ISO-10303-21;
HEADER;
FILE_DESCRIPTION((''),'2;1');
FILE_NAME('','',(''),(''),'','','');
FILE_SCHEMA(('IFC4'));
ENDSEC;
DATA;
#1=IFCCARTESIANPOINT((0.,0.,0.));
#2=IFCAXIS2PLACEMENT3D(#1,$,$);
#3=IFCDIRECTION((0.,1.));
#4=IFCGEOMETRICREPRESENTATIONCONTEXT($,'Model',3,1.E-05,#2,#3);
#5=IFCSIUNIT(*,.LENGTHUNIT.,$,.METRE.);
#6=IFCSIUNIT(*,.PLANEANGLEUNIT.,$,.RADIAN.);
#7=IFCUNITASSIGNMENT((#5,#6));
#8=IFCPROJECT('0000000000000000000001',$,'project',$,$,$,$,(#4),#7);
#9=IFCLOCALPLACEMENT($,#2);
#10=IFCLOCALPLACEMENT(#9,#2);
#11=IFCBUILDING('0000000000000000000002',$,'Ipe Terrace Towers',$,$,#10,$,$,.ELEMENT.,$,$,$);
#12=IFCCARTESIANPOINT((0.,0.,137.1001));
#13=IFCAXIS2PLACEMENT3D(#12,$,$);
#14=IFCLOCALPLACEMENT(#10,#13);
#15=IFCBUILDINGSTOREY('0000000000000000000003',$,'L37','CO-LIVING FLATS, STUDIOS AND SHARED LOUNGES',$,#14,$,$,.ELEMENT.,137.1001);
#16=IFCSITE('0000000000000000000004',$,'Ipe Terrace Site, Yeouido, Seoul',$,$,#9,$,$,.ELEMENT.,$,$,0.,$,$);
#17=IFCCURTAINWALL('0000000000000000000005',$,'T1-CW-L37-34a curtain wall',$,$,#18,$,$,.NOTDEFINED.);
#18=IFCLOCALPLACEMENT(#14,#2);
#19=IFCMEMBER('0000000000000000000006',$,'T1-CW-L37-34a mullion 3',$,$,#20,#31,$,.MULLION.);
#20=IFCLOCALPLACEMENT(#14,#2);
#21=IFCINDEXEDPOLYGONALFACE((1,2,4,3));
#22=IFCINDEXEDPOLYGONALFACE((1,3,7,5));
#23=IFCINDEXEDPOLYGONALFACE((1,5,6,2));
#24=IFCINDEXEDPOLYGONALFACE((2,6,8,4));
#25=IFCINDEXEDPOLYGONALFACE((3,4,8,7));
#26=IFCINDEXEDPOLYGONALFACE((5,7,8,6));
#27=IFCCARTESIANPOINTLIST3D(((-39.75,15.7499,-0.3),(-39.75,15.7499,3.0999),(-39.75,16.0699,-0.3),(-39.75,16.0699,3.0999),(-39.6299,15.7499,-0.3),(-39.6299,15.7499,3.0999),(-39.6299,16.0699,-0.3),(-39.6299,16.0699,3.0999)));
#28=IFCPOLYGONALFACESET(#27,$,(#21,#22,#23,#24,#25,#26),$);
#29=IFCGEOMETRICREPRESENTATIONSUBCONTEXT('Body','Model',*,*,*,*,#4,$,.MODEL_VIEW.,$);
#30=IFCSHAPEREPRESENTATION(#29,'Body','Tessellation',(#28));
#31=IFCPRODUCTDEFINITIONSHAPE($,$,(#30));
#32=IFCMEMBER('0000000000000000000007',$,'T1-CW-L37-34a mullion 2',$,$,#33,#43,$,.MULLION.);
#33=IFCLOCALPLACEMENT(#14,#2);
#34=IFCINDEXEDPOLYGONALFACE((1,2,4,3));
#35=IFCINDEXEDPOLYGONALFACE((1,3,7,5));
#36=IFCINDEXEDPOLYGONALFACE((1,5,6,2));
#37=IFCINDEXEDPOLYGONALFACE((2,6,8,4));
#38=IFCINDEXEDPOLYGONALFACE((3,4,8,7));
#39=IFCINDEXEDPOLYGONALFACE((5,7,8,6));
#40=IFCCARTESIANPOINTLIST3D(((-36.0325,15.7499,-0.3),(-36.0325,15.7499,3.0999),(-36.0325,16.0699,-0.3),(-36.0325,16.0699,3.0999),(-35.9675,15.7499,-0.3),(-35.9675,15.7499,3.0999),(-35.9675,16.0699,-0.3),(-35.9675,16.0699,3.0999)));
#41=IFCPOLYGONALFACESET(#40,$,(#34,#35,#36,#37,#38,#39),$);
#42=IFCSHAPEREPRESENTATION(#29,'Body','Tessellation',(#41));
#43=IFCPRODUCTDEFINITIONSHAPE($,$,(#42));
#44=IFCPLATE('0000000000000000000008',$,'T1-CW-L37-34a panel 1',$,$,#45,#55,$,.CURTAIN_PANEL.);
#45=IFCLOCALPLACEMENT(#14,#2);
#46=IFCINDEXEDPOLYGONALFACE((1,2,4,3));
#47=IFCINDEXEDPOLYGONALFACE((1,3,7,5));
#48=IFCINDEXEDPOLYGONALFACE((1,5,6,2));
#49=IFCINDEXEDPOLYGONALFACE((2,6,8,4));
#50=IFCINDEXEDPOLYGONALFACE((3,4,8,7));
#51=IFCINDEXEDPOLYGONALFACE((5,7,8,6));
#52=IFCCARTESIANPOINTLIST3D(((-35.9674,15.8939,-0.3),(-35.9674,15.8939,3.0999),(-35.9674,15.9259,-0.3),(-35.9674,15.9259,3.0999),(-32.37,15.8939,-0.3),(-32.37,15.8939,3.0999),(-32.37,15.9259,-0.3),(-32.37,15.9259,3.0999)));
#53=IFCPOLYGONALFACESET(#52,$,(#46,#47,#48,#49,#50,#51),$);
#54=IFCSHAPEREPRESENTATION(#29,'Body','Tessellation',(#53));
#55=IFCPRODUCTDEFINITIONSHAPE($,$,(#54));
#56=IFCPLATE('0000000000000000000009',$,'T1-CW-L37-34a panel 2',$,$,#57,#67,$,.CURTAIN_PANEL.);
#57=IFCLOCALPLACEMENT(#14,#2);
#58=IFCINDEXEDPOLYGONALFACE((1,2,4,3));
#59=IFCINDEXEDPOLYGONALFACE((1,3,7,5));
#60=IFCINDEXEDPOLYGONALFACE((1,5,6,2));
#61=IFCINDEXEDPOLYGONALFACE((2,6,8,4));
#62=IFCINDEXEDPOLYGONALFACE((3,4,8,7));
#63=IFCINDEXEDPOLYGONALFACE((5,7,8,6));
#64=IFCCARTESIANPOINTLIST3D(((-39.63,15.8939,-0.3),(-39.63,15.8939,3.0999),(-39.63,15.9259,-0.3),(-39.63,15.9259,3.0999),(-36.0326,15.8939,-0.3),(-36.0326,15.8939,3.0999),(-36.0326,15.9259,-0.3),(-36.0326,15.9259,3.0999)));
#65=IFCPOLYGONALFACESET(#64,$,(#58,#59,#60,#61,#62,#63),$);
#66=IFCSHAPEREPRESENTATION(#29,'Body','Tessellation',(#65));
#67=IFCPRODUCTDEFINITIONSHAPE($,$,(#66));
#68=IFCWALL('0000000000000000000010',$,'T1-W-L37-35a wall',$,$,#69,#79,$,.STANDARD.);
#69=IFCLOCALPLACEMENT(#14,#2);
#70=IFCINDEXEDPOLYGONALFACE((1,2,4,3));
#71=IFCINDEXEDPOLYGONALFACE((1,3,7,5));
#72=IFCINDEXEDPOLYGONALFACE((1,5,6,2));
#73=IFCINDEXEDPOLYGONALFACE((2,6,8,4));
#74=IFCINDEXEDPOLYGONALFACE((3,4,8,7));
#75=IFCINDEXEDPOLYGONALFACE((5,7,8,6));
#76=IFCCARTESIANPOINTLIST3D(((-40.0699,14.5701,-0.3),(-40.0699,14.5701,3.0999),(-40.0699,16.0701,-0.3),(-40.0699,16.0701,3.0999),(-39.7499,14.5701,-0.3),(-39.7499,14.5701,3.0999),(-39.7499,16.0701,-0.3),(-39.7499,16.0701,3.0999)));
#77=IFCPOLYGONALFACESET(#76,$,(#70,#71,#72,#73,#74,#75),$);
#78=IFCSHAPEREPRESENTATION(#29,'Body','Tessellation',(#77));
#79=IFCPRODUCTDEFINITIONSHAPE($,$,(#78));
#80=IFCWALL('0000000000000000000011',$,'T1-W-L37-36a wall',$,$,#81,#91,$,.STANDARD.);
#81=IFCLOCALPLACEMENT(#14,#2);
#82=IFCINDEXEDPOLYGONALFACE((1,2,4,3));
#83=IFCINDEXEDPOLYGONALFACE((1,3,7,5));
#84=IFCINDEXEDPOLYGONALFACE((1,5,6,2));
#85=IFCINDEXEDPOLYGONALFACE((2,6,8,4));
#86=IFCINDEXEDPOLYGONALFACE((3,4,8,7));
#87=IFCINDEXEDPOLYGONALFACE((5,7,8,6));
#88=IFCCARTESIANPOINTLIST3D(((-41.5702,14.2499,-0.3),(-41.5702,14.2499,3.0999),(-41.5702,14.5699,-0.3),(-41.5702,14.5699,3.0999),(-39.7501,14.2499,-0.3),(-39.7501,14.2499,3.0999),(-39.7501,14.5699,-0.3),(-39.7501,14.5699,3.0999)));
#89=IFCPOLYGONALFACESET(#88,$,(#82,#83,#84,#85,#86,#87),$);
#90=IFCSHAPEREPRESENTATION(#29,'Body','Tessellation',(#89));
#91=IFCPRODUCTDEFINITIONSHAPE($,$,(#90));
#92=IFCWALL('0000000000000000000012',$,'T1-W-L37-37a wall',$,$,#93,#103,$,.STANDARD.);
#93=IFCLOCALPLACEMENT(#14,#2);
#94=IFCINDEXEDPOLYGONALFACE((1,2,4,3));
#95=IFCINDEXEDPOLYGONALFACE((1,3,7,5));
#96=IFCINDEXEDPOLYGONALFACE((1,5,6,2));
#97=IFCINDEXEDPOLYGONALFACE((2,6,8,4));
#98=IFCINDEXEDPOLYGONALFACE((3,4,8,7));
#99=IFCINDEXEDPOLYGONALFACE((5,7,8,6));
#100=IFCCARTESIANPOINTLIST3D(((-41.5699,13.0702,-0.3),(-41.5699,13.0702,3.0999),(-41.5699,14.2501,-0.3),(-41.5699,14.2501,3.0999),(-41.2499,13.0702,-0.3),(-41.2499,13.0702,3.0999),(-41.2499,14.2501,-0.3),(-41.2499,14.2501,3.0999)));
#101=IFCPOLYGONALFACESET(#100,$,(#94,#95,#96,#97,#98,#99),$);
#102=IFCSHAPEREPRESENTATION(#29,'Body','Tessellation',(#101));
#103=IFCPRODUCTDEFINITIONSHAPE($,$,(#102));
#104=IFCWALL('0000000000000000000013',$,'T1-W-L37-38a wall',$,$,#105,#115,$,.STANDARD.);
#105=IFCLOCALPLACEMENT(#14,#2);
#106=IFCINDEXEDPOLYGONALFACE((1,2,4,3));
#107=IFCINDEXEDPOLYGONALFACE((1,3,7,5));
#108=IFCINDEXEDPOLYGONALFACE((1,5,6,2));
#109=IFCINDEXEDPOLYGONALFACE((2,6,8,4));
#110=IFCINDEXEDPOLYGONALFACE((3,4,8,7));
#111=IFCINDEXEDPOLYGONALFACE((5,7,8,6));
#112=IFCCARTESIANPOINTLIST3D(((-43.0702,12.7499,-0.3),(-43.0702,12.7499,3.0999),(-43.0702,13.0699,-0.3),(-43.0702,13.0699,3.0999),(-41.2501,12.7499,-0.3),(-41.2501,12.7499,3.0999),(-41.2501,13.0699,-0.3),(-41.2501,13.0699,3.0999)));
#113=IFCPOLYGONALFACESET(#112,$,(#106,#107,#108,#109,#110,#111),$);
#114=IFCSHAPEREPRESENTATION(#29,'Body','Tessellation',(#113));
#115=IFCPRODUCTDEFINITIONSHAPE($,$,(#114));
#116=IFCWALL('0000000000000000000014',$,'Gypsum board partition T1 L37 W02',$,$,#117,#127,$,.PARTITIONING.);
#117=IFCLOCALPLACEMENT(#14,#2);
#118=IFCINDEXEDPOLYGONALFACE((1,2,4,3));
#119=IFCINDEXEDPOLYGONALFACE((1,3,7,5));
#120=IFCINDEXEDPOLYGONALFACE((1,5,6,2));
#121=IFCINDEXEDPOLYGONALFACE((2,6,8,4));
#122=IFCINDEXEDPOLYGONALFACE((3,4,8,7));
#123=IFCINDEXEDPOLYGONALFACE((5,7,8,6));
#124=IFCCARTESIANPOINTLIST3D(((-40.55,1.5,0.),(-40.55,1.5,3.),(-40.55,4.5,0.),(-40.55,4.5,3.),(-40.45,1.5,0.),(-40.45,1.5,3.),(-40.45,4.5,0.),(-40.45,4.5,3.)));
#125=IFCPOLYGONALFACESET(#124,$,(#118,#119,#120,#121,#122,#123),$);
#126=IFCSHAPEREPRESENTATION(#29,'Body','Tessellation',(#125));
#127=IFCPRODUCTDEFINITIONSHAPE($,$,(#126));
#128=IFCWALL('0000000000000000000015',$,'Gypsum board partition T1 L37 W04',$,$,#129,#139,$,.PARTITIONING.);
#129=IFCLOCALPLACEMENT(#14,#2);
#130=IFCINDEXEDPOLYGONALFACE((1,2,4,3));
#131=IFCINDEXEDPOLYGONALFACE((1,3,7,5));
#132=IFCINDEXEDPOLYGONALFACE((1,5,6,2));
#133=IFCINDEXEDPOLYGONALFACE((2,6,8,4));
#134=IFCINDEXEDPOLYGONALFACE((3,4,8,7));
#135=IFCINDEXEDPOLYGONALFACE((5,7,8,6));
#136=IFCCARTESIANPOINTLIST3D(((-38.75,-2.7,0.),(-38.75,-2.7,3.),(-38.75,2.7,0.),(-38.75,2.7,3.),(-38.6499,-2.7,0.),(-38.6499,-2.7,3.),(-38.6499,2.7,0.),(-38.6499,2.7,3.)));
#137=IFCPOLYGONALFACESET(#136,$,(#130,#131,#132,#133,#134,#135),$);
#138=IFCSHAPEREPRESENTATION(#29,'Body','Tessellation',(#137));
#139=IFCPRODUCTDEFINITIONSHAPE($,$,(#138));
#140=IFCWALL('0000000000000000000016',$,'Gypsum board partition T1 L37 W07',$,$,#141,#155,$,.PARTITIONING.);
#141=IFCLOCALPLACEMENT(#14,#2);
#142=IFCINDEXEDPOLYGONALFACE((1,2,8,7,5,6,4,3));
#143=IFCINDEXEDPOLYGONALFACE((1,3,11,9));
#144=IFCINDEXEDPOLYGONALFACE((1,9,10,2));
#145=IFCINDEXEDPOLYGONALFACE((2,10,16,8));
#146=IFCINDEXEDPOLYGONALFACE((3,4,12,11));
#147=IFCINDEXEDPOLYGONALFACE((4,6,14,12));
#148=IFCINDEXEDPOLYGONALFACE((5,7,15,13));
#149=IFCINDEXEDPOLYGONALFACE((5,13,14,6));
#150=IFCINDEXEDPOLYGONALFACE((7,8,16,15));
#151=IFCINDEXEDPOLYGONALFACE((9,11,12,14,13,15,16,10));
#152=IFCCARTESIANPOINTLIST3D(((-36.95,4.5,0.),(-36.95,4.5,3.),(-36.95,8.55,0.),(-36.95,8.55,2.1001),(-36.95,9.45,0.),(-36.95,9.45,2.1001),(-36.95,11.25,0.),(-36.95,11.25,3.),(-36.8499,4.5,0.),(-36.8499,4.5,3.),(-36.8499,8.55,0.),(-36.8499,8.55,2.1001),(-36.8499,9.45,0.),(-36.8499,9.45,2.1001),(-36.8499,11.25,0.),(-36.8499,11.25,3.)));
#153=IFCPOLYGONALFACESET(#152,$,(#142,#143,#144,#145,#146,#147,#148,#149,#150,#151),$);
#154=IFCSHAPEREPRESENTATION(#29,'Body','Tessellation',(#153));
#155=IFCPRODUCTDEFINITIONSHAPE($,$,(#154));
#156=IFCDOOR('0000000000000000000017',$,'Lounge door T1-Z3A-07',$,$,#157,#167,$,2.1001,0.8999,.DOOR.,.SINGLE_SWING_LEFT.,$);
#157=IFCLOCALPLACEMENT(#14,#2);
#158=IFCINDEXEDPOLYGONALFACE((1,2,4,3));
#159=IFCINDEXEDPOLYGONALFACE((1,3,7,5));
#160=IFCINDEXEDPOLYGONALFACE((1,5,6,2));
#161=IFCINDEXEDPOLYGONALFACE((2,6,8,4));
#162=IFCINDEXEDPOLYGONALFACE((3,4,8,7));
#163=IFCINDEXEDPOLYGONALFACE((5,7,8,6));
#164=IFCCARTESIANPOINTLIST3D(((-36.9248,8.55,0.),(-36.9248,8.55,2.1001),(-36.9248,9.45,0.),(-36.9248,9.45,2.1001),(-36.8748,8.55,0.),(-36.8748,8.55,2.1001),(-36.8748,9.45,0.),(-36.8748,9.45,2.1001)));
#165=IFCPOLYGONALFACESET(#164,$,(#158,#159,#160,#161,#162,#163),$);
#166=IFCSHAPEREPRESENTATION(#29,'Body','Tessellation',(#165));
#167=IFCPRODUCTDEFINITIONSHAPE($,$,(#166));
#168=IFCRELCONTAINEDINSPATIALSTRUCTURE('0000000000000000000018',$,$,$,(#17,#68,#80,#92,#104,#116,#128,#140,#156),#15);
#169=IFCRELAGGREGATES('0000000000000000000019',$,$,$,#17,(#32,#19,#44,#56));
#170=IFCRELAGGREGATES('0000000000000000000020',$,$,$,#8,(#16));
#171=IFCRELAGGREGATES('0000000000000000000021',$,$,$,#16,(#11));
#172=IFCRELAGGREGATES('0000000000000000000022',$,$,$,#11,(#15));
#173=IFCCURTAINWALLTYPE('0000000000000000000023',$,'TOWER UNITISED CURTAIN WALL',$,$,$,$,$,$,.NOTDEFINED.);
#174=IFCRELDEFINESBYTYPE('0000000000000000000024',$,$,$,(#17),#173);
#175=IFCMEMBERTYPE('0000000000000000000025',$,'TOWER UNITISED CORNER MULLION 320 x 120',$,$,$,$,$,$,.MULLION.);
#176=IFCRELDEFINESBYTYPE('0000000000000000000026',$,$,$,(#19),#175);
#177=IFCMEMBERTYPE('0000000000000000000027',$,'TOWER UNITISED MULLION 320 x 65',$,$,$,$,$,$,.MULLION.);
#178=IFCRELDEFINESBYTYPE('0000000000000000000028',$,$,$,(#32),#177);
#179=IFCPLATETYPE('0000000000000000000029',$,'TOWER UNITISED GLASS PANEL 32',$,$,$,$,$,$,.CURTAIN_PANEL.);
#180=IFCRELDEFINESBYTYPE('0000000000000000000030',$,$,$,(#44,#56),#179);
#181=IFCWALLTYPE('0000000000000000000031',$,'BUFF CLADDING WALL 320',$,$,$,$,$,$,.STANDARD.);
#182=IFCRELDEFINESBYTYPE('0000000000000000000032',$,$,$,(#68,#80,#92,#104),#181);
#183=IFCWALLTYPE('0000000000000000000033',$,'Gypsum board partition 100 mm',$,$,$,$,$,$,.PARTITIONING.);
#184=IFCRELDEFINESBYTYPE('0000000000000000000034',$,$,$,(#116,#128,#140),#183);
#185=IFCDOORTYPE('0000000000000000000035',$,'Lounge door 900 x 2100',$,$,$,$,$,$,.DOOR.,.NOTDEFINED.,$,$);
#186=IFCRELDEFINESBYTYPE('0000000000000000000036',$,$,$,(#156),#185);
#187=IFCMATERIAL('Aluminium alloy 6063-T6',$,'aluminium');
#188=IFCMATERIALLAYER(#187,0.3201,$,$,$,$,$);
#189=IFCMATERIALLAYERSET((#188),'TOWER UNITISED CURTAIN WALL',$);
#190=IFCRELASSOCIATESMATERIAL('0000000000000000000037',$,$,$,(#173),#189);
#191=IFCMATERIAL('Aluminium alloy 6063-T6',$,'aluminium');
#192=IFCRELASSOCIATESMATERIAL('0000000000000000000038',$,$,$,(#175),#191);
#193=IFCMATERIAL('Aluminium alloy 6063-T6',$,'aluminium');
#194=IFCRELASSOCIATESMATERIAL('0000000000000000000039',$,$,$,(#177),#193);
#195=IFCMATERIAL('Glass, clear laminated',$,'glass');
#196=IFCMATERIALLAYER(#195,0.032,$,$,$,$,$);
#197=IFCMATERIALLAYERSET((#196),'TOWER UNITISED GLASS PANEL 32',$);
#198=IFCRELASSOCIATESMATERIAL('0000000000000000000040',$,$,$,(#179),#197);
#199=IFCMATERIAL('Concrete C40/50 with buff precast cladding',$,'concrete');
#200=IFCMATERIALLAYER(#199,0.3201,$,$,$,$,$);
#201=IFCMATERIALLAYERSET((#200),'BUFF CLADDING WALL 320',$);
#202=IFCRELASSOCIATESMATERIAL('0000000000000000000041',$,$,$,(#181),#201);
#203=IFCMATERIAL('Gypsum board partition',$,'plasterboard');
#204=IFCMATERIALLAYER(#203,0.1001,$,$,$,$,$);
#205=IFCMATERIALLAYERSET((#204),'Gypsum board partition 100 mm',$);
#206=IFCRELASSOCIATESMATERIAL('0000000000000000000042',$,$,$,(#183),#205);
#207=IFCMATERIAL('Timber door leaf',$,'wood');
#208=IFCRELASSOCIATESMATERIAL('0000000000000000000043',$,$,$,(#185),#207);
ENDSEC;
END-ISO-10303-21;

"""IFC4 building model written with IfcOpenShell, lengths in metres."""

from ifc_helpers import new_model, si_unit, direction, frame, frame_2d, origin, origin_2d, place, context, subcontext, project, spatial, rectangle, extrude, material, layer, layer_set, material_profile, profile_set, type_object, element, fill, aggregate, save


model = new_model("IFC4")

# Units and contexts
model_context = context("Model", 3, precision=1e-05, world=origin(), true_north=direction((0.0, 1.0)))
body_context = subcontext(model_context, "Body", "Model", "MODEL_VIEW")
ifc_project = project(units=[si_unit("LENGTHUNIT", "METRE"), si_unit("PLANEANGLEUNIT", "RADIAN")], contexts=[model_context])

# Site, building, storey
site_placement = place(None, origin())
site = spatial("IfcSite", under=ifc_project, at=site_placement, Name="Ipe Terrace Site, Yeouido, Seoul", CompositionType="ELEMENT", RefElevation=0.0)
building_placement = place(site_placement, origin())
building = spatial("IfcBuilding", under=site, at=building_placement, Name="Ipe Terrace Towers", CompositionType="ELEMENT")
storey_placement = place(building_placement, frame((0.0, 0.0, 137.1001)))
storey = spatial("IfcBuildingStorey", under=building, at=storey_placement, Name="L37", Description="CO-LIVING FLATS, STUDIOS AND SHARED LOUNGES", CompositionType="ELEMENT", Elevation=137.1001)

# Curtain wall, members, plates
ifc_material_1 = material(Name="Aluminium alloy 6063-T6", Category="aluminium")
ifc_layer_1 = layer(ifc_material_1, 0.3201)
ifc_layer_set_1 = layer_set([ifc_layer_1], Name="TOWER UNITISED CURTAIN WALL")
curtain_wall_type = type_object("IfcCurtainWallType", Name="TOWER UNITISED CURTAIN WALL", PredefinedType="NOTDEFINED", material=ifc_layer_set_1)
curtain_wall_placement = place(storey_placement, origin())
curtain_wall = element("IfcCurtainWall", 1, at=curtain_wall_placement, inside=storey, type_object=curtain_wall_type, Name="T1-CW-L37-34a curtain wall", PredefinedType="NOTDEFINED")
ifc_material_2 = material(Name="Aluminium alloy 6063-T6", Category="aluminium")
ifc_material_profile_1 = material_profile(ifc_material_2, rectangle(XDim=0.3201, YDim=0.1201, at=origin_2d()), Name="TOWER UNITISED CORNER MULLION 320 x 120")
ifc_profile_set_1 = profile_set([ifc_material_profile_1], Name="Aluminium alloy 6063-T6")
member_type_1 = type_object("IfcMemberType", Name="TOWER UNITISED CORNER MULLION 320 x 120", PredefinedType="MULLION", material=ifc_profile_set_1)
member_1_placement = place(storey_placement, frame((-39.6899, 15.9099, -0.3), z_axis=(0.0, 0.0, 1.0), x_axis=(0.0, 1.0, 0.0)))
member_1 = element("IfcMember", 2, at=member_1_placement, type_object=member_type_1, Name="T1-CW-L37-34a mullion 3", PredefinedType="MULLION", context=body_context, shape_type="SweptSolid", body=[
    extrude(rectangle(XDim=0.3201, YDim=0.1201, at=origin_2d()), origin(), (0.0, 0.0, 1.0), 3.3999),
])
ifc_material_3 = material(Name="Aluminium alloy 6063-T6", Category="aluminium")
ifc_material_profile_2 = material_profile(ifc_material_3, rectangle(XDim=0.3201, YDim=0.0649, at=origin_2d()), Name="TOWER UNITISED MULLION 320 x 65")
ifc_profile_set_2 = profile_set([ifc_material_profile_2], Name="Aluminium alloy 6063-T6")
member_type_2 = type_object("IfcMemberType", Name="TOWER UNITISED MULLION 320 x 65", PredefinedType="MULLION", material=ifc_profile_set_2)
member_2_placement = place(storey_placement, frame((-36.0, 15.9099, -0.3), z_axis=(0.0, 0.0, 1.0), x_axis=(0.0, 1.0, 0.0)))
member_2 = element("IfcMember", 3, at=member_2_placement, type_object=member_type_2, Name="T1-CW-L37-34a mullion 2", PredefinedType="MULLION", context=body_context, shape_type="SweptSolid", body=[
    extrude(rectangle(XDim=0.3201, YDim=0.0649, at=origin_2d()), origin(), (0.0, 0.0, 1.0), 3.3999),
])
ifc_material_4 = material(Name="Glass, clear laminated", Category="glass")
ifc_layer_2 = layer(ifc_material_4, 0.032)
ifc_layer_set_2 = layer_set([ifc_layer_2], Name="TOWER UNITISED GLASS PANEL 32")
plate_type = type_object("IfcPlateType", Name="TOWER UNITISED GLASS PANEL 32", PredefinedType="CURTAIN_PANEL", material=ifc_layer_set_2)
plate_1_placement = place(storey_placement, frame((-34.1687, 15.9099, -0.3), z_axis=(0.0, 0.0, 1.0), x_axis=(-1.0, 0.0, 0.0)))
plate_1 = element("IfcPlate", 4, at=plate_1_placement, type_object=plate_type, Name="T1-CW-L37-34a panel 1", PredefinedType="CURTAIN_PANEL", context=body_context, shape_type="SweptSolid", body=[
    extrude(rectangle(XDim=3.5974, YDim=0.032, at=origin_2d()), origin(), (0.0, 0.0, 1.0), 3.3999),
])
plate_2_placement = place(storey_placement, frame((-37.8313, 15.9099, -0.3), z_axis=(0.0, 0.0, 1.0), x_axis=(-1.0, 0.0, 0.0)))
plate_2 = element("IfcPlate", 5, at=plate_2_placement, type_object=plate_type, Name="T1-CW-L37-34a panel 2", PredefinedType="CURTAIN_PANEL", context=body_context, shape_type="SweptSolid", body=[
    extrude(rectangle(XDim=3.5974, YDim=0.032, at=origin_2d()), origin(), (0.0, 0.0, 1.0), 3.3999),
])
aggregate(curtain_wall, [member_2, member_1, plate_1, plate_2])

# Walls
ifc_material_5 = material(Name="Concrete C40/50 with buff precast cladding", Category="concrete")
ifc_layer_3 = layer(ifc_material_5, 0.3201)
ifc_layer_set_3 = layer_set([ifc_layer_3], Name="BUFF CLADDING WALL 320")
wall_type_1 = type_object("IfcWallType", Name="BUFF CLADDING WALL 320", PredefinedType="STANDARD", material=ifc_layer_set_3)
wall_1_placement = place(storey_placement, frame((-39.9099, 16.0701, -0.3), z_axis=(0.0, 0.0, 1.0), x_axis=(0.0, -1.0, 0.0)))
element("IfcWall", 6, at=wall_1_placement, inside=storey, type_object=wall_type_1, Name="T1-W-L37-35a wall", PredefinedType="STANDARD", context=body_context, shape_type="SweptSolid", body=[
    extrude(rectangle(XDim=1.5, YDim=0.3201, at=frame_2d((0.75, 0.0))), origin(), (0.0, 0.0, 1.0), 3.3999),
])
wall_2_placement = place(storey_placement, frame((-39.75, 14.4099, -0.3), z_axis=(0.0, 0.0, 1.0), x_axis=(-1.0, 0.0, 0.0)))
element("IfcWall", 7, at=wall_2_placement, inside=storey, type_object=wall_type_1, Name="T1-W-L37-36a wall", PredefinedType="STANDARD", context=body_context, shape_type="SweptSolid", body=[
    extrude(rectangle(XDim=1.8201, YDim=0.3201, at=frame_2d((0.9102, 0.0))), origin(), (0.0, 0.0, 1.0), 3.3999),
])
wall_3_placement = place(storey_placement, frame((-41.4099, 14.25, -0.3), z_axis=(0.0, 0.0, 1.0), x_axis=(0.0, -1.0, 0.0)))
element("IfcWall", 8, at=wall_3_placement, inside=storey, type_object=wall_type_1, Name="T1-W-L37-37a wall", PredefinedType="STANDARD", context=body_context, shape_type="SweptSolid", body=[
    extrude(rectangle(XDim=1.1799, YDim=0.3201, at=frame_2d((0.5898, 0.0))), origin(), (0.0, 0.0, 1.0), 3.3999),
])
wall_4_placement = place(storey_placement, frame((-41.25, 12.9099, -0.3), z_axis=(0.0, 0.0, 1.0), x_axis=(-1.0, 0.0, 0.0)))
element("IfcWall", 9, at=wall_4_placement, inside=storey, type_object=wall_type_1, Name="T1-W-L37-38a wall", PredefinedType="STANDARD", context=body_context, shape_type="SweptSolid", body=[
    extrude(rectangle(XDim=1.8201, YDim=0.3201, at=frame_2d((0.9102, 0.0))), origin(), (0.0, 0.0, 1.0), 3.3999),
])
ifc_material_6 = material(Name="Gypsum board partition", Category="plasterboard")
ifc_layer_4 = layer(ifc_material_6, 0.1001)
ifc_layer_set_4 = layer_set([ifc_layer_4], Name="Gypsum board partition 100 mm")
wall_type_2 = type_object("IfcWallType", Name="Gypsum board partition 100 mm", PredefinedType="PARTITIONING", material=ifc_layer_set_4)
wall_5_placement = place(storey_placement, frame((-40.5, 1.5, 0.0), z_axis=(0.0, 0.0, 1.0), x_axis=(0.0, 1.0, 0.0)))
element("IfcWall", 10, at=wall_5_placement, inside=storey, type_object=wall_type_2, Name="Gypsum board partition T1 L37 W02", PredefinedType="PARTITIONING", context=body_context, shape_type="SweptSolid", body=[
    extrude(rectangle(XDim=3.0, YDim=0.1001, at=frame_2d((1.5, 0.0))), origin(), (0.0, 0.0, 1.0), 3.0),
])
wall_6_placement = place(storey_placement, frame((-38.7, -2.7, 0.0), z_axis=(0.0, 0.0, 1.0), x_axis=(0.0, 1.0, 0.0)))
element("IfcWall", 11, at=wall_6_placement, inside=storey, type_object=wall_type_2, Name="Gypsum board partition T1 L37 W04", PredefinedType="PARTITIONING", context=body_context, shape_type="SweptSolid", body=[
    extrude(rectangle(XDim=5.3999, YDim=0.1001, at=frame_2d((2.7, 0.0))), origin(), (0.0, 0.0, 1.0), 3.0),
])

# Wall, opening, door
wall_7_placement = place(storey_placement, frame((-36.8999, 4.5, 0.0), z_axis=(0.0, 0.0, 1.0), x_axis=(0.0, 1.0, 0.0)))
wall_7 = element("IfcWall", 12, at=wall_7_placement, inside=storey, type_object=wall_type_2, Name="Gypsum board partition T1 L37 W07", PredefinedType="PARTITIONING", context=body_context, shape_type="SweptSolid", body=[
    extrude(rectangle(XDim=6.75, YDim=0.1001, at=frame_2d((3.375, 0.0))), origin(), (0.0, 0.0, 1.0), 3.0),
])
opening_1_placement = place(wall_7_placement, frame((4.05, 0.0, 0.0)))
opening_1 = element("IfcOpeningElement", 13, at=opening_1_placement, cuts=wall_7, PredefinedType="OPENING", context=body_context, shape_type="SweptSolid", body=[
    extrude(rectangle(XDim=0.8999, YDim=2.1001, at=frame_2d((0.45, 1.05))), frame((0.0, 0.0601, 0.0), z_axis=(0.0, -1.0, 0.0), x_axis=(1.0, 0.0, 0.0)), (0.0, 0.0, 1.0), 0.1201),
])
ifc_material_7 = material(Name="Timber door leaf", Category="wood")
door_type = type_object("IfcDoorType", Name="Lounge door 900 x 2100", OperationType="NOTDEFINED", PredefinedType="DOOR", material=ifc_material_7)
door_1_placement = place(opening_1_placement, origin())
door_1 = element("IfcDoor", 14, at=door_1_placement, inside=storey, type_object=door_type, Name="Lounge door T1-Z3A-07", OperationType="SINGLE_SWING_LEFT", OverallHeight=2.1001, OverallWidth=0.8999, PredefinedType="DOOR", context=body_context, shape_type="SweptSolid", body=[
    extrude(rectangle(XDim=0.8999, YDim=2.1001, at=frame_2d((0.45, 1.05))), frame((0.0, 0.0249, 0.0), z_axis=(0.0, -1.0, 0.0), x_axis=(1.0, 0.0, 0.0)), (0.0, 0.0, 1.0), 0.05),
])
fill(opening_1, door_1)

save(model, "model.ifc")
